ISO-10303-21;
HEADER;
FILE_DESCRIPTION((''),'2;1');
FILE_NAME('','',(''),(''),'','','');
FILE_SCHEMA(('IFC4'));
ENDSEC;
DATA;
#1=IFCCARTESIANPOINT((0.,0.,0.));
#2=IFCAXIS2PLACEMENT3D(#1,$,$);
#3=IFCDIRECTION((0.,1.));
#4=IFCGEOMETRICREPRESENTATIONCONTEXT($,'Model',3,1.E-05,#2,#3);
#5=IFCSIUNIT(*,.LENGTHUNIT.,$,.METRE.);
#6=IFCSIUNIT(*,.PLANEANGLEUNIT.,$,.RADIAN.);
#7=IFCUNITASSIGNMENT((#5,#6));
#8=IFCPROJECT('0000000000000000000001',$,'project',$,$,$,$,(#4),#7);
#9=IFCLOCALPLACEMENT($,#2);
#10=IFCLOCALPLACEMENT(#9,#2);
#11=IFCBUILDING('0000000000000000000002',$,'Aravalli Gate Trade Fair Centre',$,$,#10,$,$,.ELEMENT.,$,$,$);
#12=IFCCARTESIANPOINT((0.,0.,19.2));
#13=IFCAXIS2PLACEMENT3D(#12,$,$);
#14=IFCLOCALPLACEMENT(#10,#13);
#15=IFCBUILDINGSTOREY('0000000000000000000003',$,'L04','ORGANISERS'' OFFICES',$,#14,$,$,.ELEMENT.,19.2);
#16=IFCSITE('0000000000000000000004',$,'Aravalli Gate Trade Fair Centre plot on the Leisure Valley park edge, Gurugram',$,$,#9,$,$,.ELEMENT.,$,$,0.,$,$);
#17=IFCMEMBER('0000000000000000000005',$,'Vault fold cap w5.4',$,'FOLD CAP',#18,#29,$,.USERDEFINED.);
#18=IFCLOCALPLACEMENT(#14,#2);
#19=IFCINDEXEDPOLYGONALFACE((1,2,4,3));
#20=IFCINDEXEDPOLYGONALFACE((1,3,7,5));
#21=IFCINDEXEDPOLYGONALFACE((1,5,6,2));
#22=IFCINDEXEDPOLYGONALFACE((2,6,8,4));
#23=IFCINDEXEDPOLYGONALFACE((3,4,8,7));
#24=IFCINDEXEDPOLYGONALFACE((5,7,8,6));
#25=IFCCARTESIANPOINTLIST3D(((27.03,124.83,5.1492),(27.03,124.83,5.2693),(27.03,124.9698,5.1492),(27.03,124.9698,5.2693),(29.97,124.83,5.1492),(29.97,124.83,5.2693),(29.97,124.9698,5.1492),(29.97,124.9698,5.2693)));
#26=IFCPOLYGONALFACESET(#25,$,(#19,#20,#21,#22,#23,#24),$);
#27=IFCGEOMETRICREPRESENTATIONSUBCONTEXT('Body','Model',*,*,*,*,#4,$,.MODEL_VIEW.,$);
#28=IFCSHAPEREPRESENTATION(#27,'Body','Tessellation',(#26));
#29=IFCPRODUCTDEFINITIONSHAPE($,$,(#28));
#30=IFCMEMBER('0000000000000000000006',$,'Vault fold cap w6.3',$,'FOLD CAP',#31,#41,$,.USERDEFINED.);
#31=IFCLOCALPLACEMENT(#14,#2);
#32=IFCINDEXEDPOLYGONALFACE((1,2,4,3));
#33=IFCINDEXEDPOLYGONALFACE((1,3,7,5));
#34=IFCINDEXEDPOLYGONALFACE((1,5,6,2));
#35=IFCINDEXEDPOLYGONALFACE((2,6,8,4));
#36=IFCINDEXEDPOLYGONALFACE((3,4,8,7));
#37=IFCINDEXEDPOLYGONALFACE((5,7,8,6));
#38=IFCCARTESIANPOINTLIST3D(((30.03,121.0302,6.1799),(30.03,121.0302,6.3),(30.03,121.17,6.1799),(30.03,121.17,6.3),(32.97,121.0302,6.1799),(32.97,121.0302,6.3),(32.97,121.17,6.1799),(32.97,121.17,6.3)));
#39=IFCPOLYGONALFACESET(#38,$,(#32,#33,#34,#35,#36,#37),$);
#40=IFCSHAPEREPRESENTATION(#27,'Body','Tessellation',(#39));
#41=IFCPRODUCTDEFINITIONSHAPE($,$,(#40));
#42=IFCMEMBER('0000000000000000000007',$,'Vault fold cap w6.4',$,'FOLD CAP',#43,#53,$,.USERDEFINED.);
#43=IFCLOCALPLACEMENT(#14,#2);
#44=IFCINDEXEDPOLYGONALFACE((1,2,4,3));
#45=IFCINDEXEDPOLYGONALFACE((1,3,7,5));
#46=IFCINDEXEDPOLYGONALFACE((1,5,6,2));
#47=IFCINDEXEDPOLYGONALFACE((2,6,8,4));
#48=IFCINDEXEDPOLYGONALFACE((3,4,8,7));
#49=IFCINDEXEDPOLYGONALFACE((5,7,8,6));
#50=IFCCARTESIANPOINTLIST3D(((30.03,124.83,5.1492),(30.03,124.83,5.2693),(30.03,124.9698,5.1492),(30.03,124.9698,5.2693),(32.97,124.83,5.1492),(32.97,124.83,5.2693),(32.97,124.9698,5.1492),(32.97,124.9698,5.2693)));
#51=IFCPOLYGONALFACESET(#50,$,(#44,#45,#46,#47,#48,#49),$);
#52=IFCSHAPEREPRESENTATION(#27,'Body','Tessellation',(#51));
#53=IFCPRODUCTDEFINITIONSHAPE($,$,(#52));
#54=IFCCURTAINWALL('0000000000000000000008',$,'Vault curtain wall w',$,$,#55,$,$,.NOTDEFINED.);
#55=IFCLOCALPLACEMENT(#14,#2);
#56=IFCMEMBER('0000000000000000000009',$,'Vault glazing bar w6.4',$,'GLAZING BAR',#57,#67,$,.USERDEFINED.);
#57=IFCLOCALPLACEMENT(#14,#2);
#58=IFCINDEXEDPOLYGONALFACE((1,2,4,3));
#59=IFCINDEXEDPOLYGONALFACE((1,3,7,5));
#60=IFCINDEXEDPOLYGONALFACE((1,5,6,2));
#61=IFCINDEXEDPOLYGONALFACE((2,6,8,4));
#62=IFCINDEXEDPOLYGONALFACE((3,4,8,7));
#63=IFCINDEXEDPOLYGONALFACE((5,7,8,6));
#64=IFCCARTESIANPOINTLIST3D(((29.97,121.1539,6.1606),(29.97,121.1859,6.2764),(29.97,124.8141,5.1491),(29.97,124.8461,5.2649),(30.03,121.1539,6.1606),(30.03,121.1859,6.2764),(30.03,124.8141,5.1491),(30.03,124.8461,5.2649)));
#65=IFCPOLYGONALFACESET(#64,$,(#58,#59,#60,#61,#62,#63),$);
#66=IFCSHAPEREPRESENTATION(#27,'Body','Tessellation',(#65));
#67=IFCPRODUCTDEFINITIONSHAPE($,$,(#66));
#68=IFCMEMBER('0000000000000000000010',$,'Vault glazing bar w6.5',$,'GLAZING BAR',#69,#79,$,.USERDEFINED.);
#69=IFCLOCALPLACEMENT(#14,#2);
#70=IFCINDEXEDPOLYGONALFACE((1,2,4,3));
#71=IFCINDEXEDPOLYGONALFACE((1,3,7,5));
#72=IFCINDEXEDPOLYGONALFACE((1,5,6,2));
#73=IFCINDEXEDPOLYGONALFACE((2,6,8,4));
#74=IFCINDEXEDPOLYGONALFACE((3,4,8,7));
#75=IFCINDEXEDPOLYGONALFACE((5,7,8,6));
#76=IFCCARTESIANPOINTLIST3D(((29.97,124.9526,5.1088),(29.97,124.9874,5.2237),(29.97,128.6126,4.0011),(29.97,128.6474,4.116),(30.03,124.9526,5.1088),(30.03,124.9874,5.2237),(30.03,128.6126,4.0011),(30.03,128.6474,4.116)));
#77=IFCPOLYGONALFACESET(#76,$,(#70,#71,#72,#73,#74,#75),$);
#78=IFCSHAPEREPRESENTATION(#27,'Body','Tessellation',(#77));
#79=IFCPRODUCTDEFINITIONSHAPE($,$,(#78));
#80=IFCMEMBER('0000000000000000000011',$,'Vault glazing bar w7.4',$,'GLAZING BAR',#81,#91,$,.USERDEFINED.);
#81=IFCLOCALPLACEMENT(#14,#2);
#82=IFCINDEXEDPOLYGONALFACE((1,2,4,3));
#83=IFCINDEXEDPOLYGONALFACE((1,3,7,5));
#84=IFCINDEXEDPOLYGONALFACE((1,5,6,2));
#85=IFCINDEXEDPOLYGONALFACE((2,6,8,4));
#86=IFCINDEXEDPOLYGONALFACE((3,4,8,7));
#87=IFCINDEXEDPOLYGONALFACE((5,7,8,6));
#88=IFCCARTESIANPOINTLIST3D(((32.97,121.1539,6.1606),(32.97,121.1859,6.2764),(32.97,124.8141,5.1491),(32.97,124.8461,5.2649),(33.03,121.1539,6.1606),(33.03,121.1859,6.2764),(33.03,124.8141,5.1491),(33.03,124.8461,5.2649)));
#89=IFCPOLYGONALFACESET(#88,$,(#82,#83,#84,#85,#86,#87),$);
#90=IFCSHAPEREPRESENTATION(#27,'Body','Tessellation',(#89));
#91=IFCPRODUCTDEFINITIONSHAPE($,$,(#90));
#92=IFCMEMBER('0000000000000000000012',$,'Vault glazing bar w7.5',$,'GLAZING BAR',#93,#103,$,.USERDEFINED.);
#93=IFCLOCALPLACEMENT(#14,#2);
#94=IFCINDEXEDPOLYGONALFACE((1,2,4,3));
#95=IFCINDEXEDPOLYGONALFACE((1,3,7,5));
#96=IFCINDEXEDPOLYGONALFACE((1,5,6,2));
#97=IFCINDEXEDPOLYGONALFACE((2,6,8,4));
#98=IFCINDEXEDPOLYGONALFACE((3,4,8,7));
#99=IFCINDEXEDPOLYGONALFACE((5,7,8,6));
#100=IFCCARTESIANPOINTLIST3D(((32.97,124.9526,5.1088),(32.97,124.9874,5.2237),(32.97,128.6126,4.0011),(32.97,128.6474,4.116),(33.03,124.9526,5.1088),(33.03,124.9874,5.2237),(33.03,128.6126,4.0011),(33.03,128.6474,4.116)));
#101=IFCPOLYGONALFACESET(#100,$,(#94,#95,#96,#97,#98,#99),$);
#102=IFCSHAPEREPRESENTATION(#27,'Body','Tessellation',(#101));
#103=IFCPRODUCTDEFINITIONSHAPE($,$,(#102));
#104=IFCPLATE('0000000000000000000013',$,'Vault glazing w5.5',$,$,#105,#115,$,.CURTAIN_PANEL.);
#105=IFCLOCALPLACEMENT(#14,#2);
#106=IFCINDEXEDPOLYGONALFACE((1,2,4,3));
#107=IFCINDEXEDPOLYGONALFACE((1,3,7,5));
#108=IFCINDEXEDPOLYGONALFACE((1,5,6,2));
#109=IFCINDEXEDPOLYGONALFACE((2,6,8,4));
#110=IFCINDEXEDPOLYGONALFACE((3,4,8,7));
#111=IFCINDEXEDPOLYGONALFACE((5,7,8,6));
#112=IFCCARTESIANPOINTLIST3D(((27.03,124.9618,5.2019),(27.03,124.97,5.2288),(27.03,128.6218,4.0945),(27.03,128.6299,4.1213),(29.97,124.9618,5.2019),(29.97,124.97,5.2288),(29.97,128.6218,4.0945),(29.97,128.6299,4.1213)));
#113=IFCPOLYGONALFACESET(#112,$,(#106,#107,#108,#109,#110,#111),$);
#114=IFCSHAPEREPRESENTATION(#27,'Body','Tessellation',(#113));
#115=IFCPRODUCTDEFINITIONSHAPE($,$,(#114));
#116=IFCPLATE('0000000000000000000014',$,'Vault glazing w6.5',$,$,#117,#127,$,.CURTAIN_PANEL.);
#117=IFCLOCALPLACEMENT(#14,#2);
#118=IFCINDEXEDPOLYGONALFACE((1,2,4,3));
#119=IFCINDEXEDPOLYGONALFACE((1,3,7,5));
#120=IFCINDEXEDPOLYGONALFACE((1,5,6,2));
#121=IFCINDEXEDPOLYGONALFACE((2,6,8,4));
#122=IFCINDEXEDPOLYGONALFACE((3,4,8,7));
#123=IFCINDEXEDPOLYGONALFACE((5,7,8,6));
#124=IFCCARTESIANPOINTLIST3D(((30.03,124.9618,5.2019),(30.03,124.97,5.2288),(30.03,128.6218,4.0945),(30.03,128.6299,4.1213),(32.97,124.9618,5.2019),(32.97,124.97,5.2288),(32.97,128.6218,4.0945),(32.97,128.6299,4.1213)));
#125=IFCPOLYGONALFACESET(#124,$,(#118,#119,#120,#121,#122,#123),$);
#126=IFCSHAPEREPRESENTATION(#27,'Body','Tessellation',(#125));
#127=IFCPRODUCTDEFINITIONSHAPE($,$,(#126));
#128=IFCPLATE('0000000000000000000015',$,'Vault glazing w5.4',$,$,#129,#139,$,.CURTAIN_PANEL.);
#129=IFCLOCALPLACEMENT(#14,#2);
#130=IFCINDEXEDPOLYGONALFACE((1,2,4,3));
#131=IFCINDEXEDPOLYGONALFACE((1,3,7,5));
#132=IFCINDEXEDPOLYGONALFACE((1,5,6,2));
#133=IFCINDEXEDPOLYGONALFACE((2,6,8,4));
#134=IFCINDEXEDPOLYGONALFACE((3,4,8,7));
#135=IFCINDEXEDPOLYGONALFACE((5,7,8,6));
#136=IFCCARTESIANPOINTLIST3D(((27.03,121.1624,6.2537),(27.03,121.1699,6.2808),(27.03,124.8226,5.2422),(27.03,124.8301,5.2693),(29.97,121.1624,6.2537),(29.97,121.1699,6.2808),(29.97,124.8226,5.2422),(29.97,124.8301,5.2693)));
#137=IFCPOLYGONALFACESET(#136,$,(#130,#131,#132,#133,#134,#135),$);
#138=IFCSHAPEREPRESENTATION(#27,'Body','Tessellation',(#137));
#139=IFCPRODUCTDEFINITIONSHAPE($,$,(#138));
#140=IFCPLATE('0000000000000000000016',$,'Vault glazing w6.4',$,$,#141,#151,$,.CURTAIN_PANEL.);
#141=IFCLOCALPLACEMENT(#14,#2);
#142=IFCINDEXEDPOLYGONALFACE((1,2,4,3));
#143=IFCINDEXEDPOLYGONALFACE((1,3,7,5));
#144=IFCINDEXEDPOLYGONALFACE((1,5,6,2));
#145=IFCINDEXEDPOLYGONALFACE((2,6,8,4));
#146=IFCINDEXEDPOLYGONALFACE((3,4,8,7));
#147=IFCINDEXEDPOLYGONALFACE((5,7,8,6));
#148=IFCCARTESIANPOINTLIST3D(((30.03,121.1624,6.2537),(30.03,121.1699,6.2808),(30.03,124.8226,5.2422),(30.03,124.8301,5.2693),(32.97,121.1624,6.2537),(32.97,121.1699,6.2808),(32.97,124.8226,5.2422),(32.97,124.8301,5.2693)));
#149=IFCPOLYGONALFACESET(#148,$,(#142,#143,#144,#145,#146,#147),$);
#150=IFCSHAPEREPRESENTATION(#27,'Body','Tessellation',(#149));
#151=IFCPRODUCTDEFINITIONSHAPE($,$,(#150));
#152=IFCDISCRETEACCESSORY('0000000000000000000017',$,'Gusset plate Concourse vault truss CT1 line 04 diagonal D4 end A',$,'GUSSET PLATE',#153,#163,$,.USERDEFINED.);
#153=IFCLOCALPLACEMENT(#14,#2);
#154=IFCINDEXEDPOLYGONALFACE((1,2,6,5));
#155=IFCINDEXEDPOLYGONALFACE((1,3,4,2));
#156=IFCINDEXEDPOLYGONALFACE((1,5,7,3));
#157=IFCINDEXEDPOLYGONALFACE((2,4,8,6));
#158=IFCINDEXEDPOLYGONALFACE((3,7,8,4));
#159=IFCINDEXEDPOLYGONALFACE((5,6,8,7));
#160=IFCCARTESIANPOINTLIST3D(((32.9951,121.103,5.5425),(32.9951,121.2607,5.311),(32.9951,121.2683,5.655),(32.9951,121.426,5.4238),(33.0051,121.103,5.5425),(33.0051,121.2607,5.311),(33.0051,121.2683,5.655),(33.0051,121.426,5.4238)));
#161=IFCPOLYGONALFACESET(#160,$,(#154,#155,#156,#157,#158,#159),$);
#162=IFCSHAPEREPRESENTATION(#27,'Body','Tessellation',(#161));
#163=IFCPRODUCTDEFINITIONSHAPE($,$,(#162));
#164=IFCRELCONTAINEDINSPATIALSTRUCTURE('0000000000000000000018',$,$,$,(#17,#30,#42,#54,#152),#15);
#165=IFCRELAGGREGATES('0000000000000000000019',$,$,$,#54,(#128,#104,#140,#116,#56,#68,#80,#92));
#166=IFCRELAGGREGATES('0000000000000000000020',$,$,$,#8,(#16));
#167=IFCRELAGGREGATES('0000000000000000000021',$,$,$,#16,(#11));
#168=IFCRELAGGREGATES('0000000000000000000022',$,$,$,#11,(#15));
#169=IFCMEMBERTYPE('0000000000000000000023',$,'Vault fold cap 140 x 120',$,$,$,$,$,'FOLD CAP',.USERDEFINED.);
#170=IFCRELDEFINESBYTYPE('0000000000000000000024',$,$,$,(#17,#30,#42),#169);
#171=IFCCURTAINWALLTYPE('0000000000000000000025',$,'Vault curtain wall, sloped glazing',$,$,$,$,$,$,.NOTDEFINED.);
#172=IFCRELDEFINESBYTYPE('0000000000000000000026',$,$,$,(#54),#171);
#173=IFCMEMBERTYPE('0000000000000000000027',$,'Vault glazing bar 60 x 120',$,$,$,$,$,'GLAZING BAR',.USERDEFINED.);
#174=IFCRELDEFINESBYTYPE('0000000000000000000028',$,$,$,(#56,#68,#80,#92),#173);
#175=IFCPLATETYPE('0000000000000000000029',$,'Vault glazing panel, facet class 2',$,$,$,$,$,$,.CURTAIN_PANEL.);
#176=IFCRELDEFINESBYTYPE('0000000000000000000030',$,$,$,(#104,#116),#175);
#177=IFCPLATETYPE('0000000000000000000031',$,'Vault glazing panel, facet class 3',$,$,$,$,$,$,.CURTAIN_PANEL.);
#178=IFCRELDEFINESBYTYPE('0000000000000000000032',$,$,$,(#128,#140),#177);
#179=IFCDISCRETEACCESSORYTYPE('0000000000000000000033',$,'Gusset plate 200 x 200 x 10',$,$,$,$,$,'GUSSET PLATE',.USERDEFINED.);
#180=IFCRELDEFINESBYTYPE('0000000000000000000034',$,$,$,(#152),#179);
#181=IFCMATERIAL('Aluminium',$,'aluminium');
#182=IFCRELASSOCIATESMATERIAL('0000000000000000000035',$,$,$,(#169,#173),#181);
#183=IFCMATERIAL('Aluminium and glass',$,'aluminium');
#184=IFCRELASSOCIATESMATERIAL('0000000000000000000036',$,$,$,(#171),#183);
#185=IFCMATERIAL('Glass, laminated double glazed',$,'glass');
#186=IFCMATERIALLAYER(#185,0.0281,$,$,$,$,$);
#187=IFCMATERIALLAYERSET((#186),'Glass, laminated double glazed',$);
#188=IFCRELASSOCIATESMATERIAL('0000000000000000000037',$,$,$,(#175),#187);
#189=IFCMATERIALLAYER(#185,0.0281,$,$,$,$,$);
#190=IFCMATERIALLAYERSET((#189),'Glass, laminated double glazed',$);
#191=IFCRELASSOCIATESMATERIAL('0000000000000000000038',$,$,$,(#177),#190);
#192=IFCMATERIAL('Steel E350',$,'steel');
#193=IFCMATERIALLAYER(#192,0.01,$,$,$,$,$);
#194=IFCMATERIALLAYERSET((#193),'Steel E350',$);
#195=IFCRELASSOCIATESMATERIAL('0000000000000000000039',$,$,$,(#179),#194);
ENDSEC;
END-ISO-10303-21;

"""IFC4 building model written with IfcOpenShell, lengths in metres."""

from ifc_helpers import new_model, si_unit, direction, frame, origin, origin_2d, place, context, subcontext, project, spatial, polyline, rectangle, outline, extrude, material, layer, layer_set, material_profile, profile_set, type_object, element, aggregate, save


model = new_model("IFC4")

# Units and contexts
model_context = context("Model", 3, precision=1e-05, world=origin(), true_north=direction((0.0, 1.0)))
body_context = subcontext(model_context, "Body", "Model", "MODEL_VIEW")
ifc_project = project(units=[si_unit("LENGTHUNIT", "METRE"), si_unit("PLANEANGLEUNIT", "RADIAN")], contexts=[model_context])

# Site, building, storey
site_placement = place(None, origin())
site = spatial("IfcSite", under=ifc_project, at=site_placement, Name="Aravalli Gate Trade Fair Centre plot on the Leisure Valley park edge, Gurugram", CompositionType="ELEMENT", RefElevation=0.0)
building_placement = place(site_placement, origin())
building = spatial("IfcBuilding", under=site, at=building_placement, Name="Aravalli Gate Trade Fair Centre", CompositionType="ELEMENT")
storey_placement = place(building_placement, frame((0.0, 0.0, 19.2)))
storey = spatial("IfcBuildingStorey", under=building, at=storey_placement, Name="L04", Description="ORGANISERS' OFFICES", CompositionType="ELEMENT", Elevation=19.2)

# Members
ifc_material_1 = material(Name="Steel E350", Category="steel")
ifc_material_2 = material(Name="Aluminium", Category="aluminium")
ifc_material_profile_1 = material_profile(ifc_material_2, rectangle(XDim=0.1399, YDim=0.1201, at=origin_2d()), Name="Vault fold cap 140 x 120")
ifc_profile_set_1 = profile_set([ifc_material_profile_1], Name="Aluminium")
member_type_1 = type_object("IfcMemberType", Name="Vault fold cap 140 x 120", ElementType="FOLD CAP", PredefinedType="USERDEFINED", material=ifc_profile_set_1)
for number, where, z_axis, x_axis, name in (
    (1, (27.03, 124.8999, 5.2092), (1.0, 0.0, 0.0), (0.0, 1.0, 0.0), "Vault fold cap w5.4"),
    (2, (30.03, 121.1001, 6.24), (1.0, 0.0, 0.0), (0.0, 1.0, 0.0), "Vault fold cap w6.3"),
    (3, (30.03, 124.8999, 5.2092), (1.0, 0.0, 0.0), (0.0, 1.0, 0.0), "Vault fold cap w6.4"),
):
    element("IfcMember", number, at=place(storey_placement, frame(where, z_axis=z_axis, x_axis=x_axis)), inside=storey, type_object=member_type_1, Name=name, ObjectType="FOLD CAP", PredefinedType="USERDEFINED", context=body_context, shape_type="SweptSolid", body=[
        extrude(rectangle(XDim=0.1399, YDim=0.1201, at=origin_2d()), origin(), (0.0, 0.0, 1.0), 2.9399),
    ])

# Curtain wall, members, plates
ifc_material_3 = material(Name="Aluminium and glass", Category="aluminium")
curtain_wall_type = type_object("IfcCurtainWallType", Name="Vault curtain wall, sloped glazing", PredefinedType="NOTDEFINED", material=ifc_material_3)
curtain_wall_placement = place(storey_placement, origin())
curtain_wall = element("IfcCurtainWall", 4, at=curtain_wall_placement, inside=storey, type_object=curtain_wall_type, Name="Vault curtain wall w", PredefinedType="NOTDEFINED")
ifc_material_profile_2 = material_profile(ifc_material_2, rectangle(XDim=0.0601, YDim=0.1201, at=origin_2d()), Name="Vault glazing bar 60 x 120")
ifc_profile_set_2 = profile_set([ifc_material_profile_2], Name="Aluminium")
member_type_2 = type_object("IfcMemberType", Name="Vault glazing bar 60 x 120", ElementType="GLAZING BAR", PredefinedType="USERDEFINED", material=ifc_profile_set_2)
member_1_placement = place(storey_placement, frame((30.0, 121.1699, 6.2185), z_axis=(0.0, 0.963873, -0.266364), x_axis=(-1.0, 0.0, 0.0)))
member_1 = element("IfcMember", 5, at=member_1_placement, type_object=member_type_2, Name="Vault glazing bar w6.4", ObjectType="GLAZING BAR", PredefinedType="USERDEFINED", context=body_context, shape_type="SweptSolid", body=[
    extrude(rectangle(XDim=0.0601, YDim=0.1201, at=origin_2d()), origin(), (0.0, 0.0, 1.0), 3.7974),
])
member_2_placement = place(storey_placement, frame((30.0, 124.97, 5.1663), z_axis=(0.0, 0.957126, -0.289672), x_axis=(-1.0, 0.0, 0.0)))
member_2 = element("IfcMember", 6, at=member_2_placement, type_object=member_type_2, Name="Vault glazing bar w6.5", ObjectType="GLAZING BAR", PredefinedType="USERDEFINED", context=body_context, shape_type="SweptSolid", body=[
    extrude(rectangle(XDim=0.0601, YDim=0.1201, at=origin_2d()), origin(), (0.0, 0.0, 1.0), 3.824),
])
member_3_placement = place(storey_placement, frame((33.0, 121.1699, 6.2185), z_axis=(0.0, 0.963873, -0.266364), x_axis=(-1.0, 0.0, 0.0)))
member_3 = element("IfcMember", 7, at=member_3_placement, type_object=member_type_2, Name="Vault glazing bar w7.4", ObjectType="GLAZING BAR", PredefinedType="USERDEFINED", context=body_context, shape_type="SweptSolid", body=[
    extrude(rectangle(XDim=0.0601, YDim=0.1201, at=origin_2d()), origin(), (0.0, 0.0, 1.0), 3.7974),
])
member_4_placement = place(storey_placement, frame((33.0, 124.97, 5.1663), z_axis=(0.0, 0.957126, -0.289672), x_axis=(-1.0, 0.0, 0.0)))
member_4 = element("IfcMember", 8, at=member_4_placement, type_object=member_type_2, Name="Vault glazing bar w7.5", ObjectType="GLAZING BAR", PredefinedType="USERDEFINED", context=body_context, shape_type="SweptSolid", body=[
    extrude(rectangle(XDim=0.0601, YDim=0.1201, at=origin_2d()), origin(), (0.0, 0.0, 1.0), 3.824),
])
ifc_material_4 = material(Name="Glass, laminated double glazed", Category="glass")
ifc_layer_1 = layer(ifc_material_4, 0.0281)
ifc_layer_set_1 = layer_set([ifc_layer_1], Name="Glass, laminated double glazed")
plate_type_1 = type_object("IfcPlateType", Name="Vault glazing panel, facet class 2", PredefinedType="CURTAIN_PANEL", material=ifc_layer_set_1)
plate_1_placement = place(storey_placement, frame((27.03, 124.97, 5.2288), z_axis=(0.0, 0.289614, 0.957144), x_axis=(1.0, 0.0, 0.0)))
plate_1 = element("IfcPlate", 9, at=plate_1_placement, type_object=plate_type_1, Name="Vault glazing w5.5", PredefinedType="CURTAIN_PANEL", context=body_context, shape_type="SweptSolid", body=[
    extrude(outline(polyline([(0.0, 0.0), (2.9399, 0.0), (2.9399, 3.8238), (0.0, 3.8238), (0.0, 0.0)])), origin(), (0.0, 0.0, -1.0), 0.0281),
])
plate_2_placement = place(storey_placement, frame((30.03, 124.97, 5.2288), z_axis=(0.0, 0.289614, 0.957144), x_axis=(1.0, 0.0, 0.0)))
plate_2 = element("IfcPlate", 10, at=plate_2_placement, type_object=plate_type_1, Name="Vault glazing w6.5", PredefinedType="CURTAIN_PANEL", context=body_context, shape_type="SweptSolid", body=[
    extrude(outline(polyline([(0.0, 0.0), (2.9399, 0.0), (2.9399, 3.8238), (0.0, 3.8238), (0.0, 0.0)])), origin(), (0.0, 0.0, -1.0), 0.0281),
])
ifc_layer_2 = layer(ifc_material_4, 0.0281)
ifc_layer_set_2 = layer_set([ifc_layer_2], Name="Glass, laminated double glazed")
plate_type_2 = type_object("IfcPlateType", Name="Vault glazing panel, facet class 3", PredefinedType="CURTAIN_PANEL", material=ifc_layer_set_2)
plate_3_placement = place(storey_placement, frame((27.03, 121.1699, 6.2808), z_axis=(0.0, 0.266364, 0.963873), x_axis=(1.0, 0.0, 0.0)))
plate_3 = element("IfcPlate", 11, at=plate_3_placement, type_object=plate_type_2, Name="Vault glazing w5.4", PredefinedType="CURTAIN_PANEL", context=body_context, shape_type="SweptSolid", body=[
    extrude(outline(polyline([(0.0, 0.0), (2.9399, 0.0), (2.9399, 3.7973), (0.0, 3.7973), (0.0, 0.0)])), origin(), (0.0, 0.0, -1.0), 0.0281),
])
plate_4_placement = place(storey_placement, frame((30.03, 121.1699, 6.2808), z_axis=(0.0, 0.266364, 0.963873), x_axis=(1.0, 0.0, 0.0)))
plate_4 = element("IfcPlate", 12, at=plate_4_placement, type_object=plate_type_2, Name="Vault glazing w6.4", PredefinedType="CURTAIN_PANEL", context=body_context, shape_type="SweptSolid", body=[
    extrude(outline(polyline([(0.0, 0.0), (2.9399, 0.0), (2.9399, 3.7973), (0.0, 3.7973), (0.0, 0.0)])), origin(), (0.0, 0.0, -1.0), 0.0281),
])
aggregate(curtain_wall, [plate_3, plate_1, plate_4, plate_2, member_1, member_2, member_3, member_4])

# Discrete accessory
ifc_layer_3 = layer(ifc_material_1, 0.01)
ifc_layer_set_3 = layer_set([ifc_layer_3], Name="Steel E350")
discrete_accessory_type = type_object("IfcDiscreteAccessoryType", Name="Gusset plate 200 x 200 x 10", ElementType="GUSSET PLATE", PredefinedType="USERDEFINED", material=ifc_layer_set_3)
discrete_accessory_placement = place(storey_placement, frame((32.9951, 121.2607, 5.311), z_axis=(-1.0, 0.0, 0.0), x_axis=(0.0, -0.56312, 0.826375)))
element("IfcDiscreteAccessory", 13, at=discrete_accessory_placement, inside=storey, type_object=discrete_accessory_type, Name="Gusset plate Concourse vault truss CT1 line 04 diagonal D4 end A", ObjectType="GUSSET PLATE", PredefinedType="USERDEFINED", context=body_context, shape_type="SweptSolid", body=[
    extrude(outline(polyline([(0.0, 0.0), (0.2801, 0.0), (0.28, 0.2), (0.0001, 0.2001), (0.0, 0.0)])), origin(), (0.0, 0.0, -1.0), 0.01),
])

save(model, "model.ifc")
